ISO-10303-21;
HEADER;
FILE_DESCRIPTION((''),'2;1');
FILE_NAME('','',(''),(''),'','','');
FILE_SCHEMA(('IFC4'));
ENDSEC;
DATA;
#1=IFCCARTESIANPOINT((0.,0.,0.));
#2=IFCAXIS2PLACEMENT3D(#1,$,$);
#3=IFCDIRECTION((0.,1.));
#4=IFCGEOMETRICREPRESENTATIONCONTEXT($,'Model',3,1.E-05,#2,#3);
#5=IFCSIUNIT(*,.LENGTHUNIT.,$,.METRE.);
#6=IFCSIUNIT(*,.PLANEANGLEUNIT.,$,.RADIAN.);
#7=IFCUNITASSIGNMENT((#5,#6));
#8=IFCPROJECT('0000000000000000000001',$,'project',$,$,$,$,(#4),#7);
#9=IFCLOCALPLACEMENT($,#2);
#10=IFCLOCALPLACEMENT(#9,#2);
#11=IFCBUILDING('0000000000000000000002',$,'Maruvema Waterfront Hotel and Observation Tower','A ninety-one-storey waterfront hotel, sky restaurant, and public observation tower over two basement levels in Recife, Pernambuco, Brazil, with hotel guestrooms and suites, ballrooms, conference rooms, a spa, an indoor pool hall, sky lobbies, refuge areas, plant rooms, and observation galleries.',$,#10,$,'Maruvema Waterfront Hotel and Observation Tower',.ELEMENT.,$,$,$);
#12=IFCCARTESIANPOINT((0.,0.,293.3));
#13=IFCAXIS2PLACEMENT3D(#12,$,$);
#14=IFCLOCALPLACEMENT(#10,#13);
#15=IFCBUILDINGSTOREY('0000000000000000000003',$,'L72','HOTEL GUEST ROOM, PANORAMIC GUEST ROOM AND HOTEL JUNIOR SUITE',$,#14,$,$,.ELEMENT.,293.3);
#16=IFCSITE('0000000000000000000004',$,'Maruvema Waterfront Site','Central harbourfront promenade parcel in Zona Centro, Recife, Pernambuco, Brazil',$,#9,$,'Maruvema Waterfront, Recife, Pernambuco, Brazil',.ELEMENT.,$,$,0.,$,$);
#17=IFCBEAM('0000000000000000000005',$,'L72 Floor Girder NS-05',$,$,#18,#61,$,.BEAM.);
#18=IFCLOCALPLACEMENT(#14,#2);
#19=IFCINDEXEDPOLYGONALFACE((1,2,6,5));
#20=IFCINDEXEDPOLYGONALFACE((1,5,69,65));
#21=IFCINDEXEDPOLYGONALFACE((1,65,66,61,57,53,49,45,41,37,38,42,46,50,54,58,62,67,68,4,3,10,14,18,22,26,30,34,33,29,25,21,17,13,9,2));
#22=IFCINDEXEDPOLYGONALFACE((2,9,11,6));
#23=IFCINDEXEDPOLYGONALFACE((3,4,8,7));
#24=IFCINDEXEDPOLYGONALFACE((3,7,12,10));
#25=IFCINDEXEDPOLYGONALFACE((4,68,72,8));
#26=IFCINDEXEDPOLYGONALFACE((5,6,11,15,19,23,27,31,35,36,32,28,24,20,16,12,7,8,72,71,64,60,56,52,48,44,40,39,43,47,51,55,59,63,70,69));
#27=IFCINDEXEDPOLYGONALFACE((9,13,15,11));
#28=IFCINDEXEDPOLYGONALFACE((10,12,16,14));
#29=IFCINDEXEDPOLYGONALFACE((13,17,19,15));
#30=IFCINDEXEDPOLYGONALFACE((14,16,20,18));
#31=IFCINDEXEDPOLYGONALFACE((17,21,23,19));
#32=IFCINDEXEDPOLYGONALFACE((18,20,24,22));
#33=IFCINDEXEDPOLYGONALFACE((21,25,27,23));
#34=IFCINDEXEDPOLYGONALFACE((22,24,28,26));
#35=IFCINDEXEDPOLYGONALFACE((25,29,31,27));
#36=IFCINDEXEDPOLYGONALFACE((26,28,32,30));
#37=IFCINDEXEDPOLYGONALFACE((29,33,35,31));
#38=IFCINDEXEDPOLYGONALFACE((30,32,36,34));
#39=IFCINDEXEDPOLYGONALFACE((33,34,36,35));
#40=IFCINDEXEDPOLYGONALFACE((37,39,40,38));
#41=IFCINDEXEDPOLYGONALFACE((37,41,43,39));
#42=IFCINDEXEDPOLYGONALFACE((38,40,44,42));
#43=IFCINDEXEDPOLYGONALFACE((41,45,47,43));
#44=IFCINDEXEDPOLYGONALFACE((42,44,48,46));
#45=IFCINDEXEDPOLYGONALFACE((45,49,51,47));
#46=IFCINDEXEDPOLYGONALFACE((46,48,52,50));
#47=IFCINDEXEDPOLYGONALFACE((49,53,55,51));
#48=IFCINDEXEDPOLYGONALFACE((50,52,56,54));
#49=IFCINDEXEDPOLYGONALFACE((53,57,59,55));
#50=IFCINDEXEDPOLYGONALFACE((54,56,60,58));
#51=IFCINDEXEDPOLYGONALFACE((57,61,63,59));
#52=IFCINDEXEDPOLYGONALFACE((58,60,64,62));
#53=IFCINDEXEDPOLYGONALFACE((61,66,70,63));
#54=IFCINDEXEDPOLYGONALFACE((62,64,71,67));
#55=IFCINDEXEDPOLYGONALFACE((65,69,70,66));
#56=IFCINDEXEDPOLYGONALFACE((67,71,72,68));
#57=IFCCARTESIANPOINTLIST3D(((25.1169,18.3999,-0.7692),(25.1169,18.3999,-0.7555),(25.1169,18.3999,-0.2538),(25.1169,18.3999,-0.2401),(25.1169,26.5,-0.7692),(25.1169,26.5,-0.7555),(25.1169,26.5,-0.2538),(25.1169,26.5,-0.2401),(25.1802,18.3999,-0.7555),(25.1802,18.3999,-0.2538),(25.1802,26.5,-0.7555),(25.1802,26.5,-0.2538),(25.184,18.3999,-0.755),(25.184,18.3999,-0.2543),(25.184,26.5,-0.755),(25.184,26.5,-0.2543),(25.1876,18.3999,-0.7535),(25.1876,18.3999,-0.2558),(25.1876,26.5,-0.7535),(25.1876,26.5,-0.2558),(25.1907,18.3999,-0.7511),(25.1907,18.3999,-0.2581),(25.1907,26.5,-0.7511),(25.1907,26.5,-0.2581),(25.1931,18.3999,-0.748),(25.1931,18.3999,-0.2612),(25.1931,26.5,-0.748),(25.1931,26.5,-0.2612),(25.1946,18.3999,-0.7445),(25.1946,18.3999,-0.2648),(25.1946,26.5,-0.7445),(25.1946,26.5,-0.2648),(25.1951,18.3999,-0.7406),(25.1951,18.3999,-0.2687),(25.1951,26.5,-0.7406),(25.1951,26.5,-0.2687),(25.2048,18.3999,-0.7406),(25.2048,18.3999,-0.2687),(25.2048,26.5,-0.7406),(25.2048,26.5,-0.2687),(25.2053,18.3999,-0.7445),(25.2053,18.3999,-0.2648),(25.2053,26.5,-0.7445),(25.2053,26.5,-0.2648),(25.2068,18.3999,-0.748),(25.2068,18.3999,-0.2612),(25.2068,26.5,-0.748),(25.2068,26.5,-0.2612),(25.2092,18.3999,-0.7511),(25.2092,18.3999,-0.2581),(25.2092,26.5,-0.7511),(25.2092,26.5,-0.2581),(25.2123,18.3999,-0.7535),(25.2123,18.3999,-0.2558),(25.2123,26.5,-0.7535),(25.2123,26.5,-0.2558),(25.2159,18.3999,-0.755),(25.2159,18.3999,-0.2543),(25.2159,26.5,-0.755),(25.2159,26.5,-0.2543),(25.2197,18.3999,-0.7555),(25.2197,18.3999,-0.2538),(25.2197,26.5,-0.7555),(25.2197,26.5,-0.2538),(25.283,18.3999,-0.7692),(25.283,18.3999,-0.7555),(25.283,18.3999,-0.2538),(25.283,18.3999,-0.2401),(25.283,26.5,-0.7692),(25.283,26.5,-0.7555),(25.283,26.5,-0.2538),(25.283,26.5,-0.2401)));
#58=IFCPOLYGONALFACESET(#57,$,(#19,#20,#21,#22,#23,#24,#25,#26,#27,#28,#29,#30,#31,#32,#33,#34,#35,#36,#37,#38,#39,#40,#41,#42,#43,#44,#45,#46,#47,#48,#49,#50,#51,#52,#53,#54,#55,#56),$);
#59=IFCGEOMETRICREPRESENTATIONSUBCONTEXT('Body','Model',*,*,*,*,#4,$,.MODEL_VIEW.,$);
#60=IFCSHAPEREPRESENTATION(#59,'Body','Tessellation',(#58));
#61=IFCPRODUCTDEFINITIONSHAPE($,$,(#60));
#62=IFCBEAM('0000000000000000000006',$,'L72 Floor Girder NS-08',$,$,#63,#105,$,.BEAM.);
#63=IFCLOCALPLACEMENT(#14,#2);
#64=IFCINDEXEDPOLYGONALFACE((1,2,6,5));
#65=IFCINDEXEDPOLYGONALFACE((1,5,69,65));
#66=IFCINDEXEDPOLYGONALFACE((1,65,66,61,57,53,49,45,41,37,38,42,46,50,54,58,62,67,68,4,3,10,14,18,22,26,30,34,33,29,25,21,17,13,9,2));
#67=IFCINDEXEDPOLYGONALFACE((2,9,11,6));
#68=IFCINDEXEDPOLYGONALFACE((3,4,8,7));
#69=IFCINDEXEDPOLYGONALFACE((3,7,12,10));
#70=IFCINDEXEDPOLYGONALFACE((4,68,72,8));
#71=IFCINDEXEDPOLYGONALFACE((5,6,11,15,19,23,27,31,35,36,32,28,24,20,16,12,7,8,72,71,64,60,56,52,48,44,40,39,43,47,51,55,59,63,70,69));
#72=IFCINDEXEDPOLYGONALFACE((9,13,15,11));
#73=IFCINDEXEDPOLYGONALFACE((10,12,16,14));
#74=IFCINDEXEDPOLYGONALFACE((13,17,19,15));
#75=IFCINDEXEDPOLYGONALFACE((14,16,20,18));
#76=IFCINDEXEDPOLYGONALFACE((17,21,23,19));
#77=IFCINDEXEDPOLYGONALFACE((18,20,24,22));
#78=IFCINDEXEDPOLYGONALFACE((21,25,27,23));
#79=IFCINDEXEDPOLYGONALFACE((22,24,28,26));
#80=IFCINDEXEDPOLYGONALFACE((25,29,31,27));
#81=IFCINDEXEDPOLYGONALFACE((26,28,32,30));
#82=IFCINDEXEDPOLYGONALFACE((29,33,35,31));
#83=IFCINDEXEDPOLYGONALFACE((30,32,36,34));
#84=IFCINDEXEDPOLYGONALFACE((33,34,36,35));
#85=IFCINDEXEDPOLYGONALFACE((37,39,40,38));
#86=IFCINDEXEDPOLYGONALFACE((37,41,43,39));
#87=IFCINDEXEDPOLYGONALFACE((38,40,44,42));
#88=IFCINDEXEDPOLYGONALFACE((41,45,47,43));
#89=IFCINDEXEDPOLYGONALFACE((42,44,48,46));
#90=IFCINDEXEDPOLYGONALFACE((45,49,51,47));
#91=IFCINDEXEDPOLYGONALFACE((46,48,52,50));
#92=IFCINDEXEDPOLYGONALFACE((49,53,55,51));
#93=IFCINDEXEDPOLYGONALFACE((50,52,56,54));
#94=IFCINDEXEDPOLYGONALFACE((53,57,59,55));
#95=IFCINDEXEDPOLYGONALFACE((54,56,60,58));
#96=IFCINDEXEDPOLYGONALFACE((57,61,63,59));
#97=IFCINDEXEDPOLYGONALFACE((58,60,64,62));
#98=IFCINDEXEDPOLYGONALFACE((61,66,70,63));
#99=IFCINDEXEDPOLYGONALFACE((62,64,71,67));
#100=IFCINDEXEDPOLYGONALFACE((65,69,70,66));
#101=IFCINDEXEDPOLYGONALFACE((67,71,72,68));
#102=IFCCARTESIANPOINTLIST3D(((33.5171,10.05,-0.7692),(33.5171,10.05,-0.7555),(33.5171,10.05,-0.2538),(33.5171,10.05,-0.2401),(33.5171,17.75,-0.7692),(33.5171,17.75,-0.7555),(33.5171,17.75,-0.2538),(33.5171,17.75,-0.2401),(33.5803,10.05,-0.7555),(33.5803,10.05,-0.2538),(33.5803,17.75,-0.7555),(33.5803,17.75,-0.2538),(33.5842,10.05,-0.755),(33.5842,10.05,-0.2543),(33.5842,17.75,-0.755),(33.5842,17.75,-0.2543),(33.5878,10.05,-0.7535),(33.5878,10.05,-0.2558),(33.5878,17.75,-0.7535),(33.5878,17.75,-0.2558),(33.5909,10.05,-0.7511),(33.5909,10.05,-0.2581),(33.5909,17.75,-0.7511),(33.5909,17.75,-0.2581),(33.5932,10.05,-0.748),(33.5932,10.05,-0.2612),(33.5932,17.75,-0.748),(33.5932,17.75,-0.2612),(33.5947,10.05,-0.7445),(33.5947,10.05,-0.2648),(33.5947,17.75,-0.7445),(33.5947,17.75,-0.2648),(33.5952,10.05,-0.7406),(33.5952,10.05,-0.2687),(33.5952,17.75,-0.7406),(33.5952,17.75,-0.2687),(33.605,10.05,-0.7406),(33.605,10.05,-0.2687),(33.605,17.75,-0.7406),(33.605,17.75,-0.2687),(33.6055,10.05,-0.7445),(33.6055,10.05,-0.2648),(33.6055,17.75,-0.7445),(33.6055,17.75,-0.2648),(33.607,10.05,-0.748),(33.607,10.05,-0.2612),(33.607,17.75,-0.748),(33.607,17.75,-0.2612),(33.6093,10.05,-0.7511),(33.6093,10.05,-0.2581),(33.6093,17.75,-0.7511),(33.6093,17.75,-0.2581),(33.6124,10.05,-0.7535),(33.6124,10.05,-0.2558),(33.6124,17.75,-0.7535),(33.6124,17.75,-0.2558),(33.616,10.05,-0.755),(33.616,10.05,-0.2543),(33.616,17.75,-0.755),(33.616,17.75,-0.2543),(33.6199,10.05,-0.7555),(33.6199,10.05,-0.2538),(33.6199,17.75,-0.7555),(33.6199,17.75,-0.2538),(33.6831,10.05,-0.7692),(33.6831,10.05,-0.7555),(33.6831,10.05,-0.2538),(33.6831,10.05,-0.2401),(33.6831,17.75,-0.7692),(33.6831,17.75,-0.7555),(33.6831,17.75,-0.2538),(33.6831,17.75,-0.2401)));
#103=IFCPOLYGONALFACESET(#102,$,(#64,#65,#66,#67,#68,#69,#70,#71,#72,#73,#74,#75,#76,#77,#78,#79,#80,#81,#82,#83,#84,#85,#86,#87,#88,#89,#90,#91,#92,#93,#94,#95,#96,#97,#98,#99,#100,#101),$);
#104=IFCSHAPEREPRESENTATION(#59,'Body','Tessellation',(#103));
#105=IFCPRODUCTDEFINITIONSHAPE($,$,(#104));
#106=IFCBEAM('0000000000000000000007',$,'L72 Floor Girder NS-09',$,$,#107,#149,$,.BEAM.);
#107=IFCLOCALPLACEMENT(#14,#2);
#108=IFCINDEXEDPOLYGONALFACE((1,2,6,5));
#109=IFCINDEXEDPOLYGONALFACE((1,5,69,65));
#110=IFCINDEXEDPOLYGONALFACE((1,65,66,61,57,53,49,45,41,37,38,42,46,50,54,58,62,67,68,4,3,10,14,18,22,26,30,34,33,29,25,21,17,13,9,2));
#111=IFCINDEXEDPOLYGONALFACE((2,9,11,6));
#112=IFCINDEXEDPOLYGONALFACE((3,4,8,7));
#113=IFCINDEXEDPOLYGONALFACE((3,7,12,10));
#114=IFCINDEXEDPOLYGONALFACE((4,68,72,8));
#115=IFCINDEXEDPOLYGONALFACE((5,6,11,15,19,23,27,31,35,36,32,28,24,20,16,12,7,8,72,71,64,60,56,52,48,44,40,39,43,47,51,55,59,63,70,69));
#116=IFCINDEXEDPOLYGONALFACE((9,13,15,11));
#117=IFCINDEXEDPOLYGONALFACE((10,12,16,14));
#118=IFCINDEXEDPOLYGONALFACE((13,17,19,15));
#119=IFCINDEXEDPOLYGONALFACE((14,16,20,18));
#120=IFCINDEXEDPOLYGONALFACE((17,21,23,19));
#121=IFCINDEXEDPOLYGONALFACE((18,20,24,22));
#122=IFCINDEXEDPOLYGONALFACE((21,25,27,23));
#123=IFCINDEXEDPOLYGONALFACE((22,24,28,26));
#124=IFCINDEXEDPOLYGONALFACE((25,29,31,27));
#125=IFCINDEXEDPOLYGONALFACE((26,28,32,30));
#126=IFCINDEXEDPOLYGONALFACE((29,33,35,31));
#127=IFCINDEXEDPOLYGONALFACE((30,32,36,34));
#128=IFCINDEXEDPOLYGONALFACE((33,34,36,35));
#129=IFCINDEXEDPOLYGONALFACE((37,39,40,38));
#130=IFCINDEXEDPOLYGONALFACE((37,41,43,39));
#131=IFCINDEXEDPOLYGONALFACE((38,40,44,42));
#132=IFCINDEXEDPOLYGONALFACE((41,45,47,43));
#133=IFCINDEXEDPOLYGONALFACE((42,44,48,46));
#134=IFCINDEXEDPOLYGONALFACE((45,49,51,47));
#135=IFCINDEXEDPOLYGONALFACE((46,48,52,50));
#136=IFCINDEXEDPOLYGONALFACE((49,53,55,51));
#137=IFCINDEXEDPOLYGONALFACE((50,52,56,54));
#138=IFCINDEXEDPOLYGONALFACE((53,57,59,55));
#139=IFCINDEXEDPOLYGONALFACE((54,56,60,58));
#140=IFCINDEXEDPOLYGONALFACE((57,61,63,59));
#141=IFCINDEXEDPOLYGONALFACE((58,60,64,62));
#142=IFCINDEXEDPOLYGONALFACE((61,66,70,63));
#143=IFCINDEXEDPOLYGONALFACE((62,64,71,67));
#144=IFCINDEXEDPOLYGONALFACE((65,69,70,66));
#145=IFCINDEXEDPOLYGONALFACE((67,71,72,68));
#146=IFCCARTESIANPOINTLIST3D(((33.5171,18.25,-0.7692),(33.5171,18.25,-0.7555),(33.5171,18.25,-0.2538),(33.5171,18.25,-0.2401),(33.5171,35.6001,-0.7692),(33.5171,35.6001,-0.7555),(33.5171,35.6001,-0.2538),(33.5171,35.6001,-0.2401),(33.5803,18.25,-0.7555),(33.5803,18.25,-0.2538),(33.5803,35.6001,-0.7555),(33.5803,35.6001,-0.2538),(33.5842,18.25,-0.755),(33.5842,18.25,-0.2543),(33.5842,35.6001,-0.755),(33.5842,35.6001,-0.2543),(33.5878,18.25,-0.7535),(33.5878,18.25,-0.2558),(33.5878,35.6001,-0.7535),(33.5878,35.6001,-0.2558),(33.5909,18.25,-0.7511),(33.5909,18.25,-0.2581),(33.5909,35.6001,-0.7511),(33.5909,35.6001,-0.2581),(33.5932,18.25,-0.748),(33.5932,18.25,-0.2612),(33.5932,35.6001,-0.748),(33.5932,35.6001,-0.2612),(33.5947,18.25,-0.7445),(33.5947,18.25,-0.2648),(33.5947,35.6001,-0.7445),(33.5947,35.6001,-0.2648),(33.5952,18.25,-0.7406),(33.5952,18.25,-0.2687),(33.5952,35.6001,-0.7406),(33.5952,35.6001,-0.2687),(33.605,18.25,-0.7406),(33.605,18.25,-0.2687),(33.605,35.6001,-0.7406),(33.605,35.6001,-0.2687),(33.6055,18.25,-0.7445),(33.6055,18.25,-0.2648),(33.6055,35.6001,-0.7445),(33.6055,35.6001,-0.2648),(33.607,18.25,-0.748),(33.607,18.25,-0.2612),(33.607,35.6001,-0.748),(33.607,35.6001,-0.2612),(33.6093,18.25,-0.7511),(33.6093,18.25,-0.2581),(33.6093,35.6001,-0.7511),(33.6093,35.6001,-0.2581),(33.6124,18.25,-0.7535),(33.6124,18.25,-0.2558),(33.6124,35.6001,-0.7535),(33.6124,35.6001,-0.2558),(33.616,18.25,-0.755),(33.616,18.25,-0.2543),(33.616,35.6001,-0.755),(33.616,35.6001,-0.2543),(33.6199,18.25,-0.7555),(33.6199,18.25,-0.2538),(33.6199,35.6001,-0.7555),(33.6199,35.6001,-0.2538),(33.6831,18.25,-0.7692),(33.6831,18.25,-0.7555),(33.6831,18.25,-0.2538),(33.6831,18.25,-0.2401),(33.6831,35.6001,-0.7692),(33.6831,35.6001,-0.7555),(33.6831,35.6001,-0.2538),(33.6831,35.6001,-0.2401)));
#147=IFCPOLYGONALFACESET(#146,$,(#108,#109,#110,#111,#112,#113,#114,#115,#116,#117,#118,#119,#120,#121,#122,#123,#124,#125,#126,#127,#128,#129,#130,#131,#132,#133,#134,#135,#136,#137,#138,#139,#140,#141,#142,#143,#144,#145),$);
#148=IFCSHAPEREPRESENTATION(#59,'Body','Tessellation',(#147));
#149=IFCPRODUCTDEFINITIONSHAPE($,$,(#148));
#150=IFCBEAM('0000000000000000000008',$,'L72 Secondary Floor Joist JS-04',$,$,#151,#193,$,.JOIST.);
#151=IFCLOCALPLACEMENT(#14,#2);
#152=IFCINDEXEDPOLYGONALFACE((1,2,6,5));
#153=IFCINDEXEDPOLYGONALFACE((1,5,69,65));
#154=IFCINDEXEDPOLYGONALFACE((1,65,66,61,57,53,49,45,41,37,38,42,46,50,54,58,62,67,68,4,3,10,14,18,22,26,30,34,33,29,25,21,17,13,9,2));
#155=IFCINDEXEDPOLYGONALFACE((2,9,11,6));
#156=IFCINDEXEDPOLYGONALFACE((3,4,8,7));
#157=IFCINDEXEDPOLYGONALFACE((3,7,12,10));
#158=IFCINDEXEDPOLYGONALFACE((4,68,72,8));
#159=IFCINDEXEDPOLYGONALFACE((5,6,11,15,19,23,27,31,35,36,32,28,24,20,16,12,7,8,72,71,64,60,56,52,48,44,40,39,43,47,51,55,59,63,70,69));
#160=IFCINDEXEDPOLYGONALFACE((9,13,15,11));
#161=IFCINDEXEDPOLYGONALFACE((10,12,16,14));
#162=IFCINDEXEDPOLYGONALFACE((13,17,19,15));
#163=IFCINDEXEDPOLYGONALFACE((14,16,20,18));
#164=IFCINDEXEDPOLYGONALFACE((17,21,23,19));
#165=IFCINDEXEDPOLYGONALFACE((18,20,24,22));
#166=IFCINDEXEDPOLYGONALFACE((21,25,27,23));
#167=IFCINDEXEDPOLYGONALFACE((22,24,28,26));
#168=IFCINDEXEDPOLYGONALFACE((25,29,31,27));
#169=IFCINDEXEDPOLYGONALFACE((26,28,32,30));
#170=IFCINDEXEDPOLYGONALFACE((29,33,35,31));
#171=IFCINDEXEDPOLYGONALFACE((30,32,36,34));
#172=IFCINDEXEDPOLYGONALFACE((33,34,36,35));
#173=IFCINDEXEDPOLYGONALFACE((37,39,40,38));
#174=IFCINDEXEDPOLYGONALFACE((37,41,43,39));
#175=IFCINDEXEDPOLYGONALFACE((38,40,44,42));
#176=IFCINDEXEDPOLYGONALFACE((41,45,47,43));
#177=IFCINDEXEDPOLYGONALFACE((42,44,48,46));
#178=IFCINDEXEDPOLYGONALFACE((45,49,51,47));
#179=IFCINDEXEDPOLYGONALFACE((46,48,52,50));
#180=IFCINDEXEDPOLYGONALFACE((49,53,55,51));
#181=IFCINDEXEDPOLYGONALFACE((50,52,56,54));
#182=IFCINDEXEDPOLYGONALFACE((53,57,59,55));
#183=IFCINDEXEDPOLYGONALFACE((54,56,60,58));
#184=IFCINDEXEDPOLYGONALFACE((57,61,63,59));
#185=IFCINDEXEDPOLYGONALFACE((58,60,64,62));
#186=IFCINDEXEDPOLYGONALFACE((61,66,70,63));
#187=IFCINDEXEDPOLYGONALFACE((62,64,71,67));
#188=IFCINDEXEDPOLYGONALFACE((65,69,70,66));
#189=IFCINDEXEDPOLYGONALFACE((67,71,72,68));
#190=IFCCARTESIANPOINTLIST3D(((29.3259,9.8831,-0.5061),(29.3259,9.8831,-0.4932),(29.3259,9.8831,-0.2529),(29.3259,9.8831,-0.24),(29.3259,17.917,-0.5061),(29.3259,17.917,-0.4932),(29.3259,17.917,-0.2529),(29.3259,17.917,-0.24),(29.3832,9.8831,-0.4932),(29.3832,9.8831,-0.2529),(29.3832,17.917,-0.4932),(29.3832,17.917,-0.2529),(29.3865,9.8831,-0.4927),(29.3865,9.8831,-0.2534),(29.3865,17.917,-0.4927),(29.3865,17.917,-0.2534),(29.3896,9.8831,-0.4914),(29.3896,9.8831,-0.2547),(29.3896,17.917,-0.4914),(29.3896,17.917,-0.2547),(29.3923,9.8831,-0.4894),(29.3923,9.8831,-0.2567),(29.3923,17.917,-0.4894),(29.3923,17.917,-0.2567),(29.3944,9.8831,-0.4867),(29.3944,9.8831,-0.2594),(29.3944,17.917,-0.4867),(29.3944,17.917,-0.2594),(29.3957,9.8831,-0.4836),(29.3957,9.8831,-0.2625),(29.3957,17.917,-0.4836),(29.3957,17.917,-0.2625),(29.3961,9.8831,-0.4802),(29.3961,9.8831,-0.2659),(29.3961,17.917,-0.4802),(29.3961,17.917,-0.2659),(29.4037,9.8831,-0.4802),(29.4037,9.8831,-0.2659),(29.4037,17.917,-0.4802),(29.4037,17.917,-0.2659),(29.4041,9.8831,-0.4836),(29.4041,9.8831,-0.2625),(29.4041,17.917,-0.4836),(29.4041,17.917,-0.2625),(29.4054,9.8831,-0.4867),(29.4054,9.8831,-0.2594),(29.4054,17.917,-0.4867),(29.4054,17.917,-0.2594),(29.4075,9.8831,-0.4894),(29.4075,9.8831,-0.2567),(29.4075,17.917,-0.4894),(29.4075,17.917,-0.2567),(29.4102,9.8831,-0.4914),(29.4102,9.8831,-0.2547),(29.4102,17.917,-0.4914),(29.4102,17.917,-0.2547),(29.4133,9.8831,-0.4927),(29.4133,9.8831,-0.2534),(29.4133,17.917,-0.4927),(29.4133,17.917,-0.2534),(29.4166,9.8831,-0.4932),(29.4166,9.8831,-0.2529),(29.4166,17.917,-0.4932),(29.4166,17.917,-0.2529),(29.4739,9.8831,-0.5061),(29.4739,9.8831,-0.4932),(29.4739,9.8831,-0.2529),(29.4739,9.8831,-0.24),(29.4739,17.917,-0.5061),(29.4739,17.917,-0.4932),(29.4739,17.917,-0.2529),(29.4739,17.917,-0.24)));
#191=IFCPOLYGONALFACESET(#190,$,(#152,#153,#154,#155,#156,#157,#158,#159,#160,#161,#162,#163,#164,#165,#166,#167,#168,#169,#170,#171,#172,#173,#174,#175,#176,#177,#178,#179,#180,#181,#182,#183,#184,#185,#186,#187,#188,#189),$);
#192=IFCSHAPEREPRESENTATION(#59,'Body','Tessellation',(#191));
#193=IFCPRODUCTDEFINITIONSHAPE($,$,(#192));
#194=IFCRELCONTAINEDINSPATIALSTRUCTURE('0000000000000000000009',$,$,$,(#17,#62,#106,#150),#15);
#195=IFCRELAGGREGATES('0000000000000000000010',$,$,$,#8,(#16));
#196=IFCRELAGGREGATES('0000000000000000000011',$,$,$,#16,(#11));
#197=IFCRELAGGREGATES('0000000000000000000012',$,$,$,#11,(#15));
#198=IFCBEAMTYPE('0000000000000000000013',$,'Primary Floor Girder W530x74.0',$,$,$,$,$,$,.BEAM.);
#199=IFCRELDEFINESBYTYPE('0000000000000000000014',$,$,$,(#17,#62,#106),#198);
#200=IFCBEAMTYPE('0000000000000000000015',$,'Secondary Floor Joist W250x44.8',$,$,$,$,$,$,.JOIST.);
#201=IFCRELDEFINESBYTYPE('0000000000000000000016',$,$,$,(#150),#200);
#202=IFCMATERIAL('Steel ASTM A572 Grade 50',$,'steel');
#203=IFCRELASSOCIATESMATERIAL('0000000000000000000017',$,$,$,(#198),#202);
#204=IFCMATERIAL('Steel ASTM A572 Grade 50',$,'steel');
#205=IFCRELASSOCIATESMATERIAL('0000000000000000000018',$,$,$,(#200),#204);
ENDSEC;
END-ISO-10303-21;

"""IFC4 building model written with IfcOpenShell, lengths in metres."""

from ifc_helpers import new_model, si_unit, direction, frame, origin, origin_2d, place, context, subcontext, project, spatial, i_section, extrude, material, material_profile, profile_set, type_object, element, save


model = new_model("IFC4")

# Units and contexts
model_context = context("Model", 3, precision=1e-05, world=origin(), true_north=direction((0.0, 1.0)))
body_context = subcontext(model_context, "Body", "Model", "MODEL_VIEW")
ifc_project = project(units=[si_unit("LENGTHUNIT", "METRE"), si_unit("PLANEANGLEUNIT", "RADIAN")], contexts=[model_context])

# Site, building, storey
site_placement = place(None, origin())
site = spatial("IfcSite", under=ifc_project, at=site_placement, Name="Maruvema Waterfront Site", Description="Central harbourfront promenade parcel in Zona Centro, Recife, Pernambuco, Brazil", LongName="Maruvema Waterfront, Recife, Pernambuco, Brazil", CompositionType="ELEMENT", RefElevation=0.0)
building_placement = place(site_placement, origin())
building = spatial("IfcBuilding", under=site, at=building_placement, Name="Maruvema Waterfront Hotel and Observation Tower", Description="A ninety-one-storey waterfront hotel, sky restaurant, and public observation tower over two basement levels in Recife, Pernambuco, Brazil, with hotel guestrooms and suites, ballrooms, conference rooms, a spa, an indoor pool hall, sky lobbies, refuge areas, plant rooms, and observation galleries.", LongName="Maruvema Waterfront Hotel and Observation Tower", CompositionType="ELEMENT")
storey_placement = place(building_placement, frame((0.0, 0.0, 293.3)))
storey = spatial("IfcBuildingStorey", under=building, at=storey_placement, Name="L72", Description="HOTEL GUEST ROOM, PANORAMIC GUEST ROOM AND HOTEL JUNIOR SUITE", CompositionType="ELEMENT", Elevation=293.3)

# Beams
ifc_material_1 = material(Name="Steel ASTM A572 Grade 50", Category="steel")
ifc_material_profile_1 = material_profile(ifc_material_1, i_section(OverallWidth=0.166, OverallDepth=0.5291, WebThickness=0.0098, FlangeThickness=0.0137, FilletRadius=0.0149, at=origin_2d()), Name="W530x74.0")
ifc_profile_set_1 = profile_set([ifc_material_profile_1], Name="Steel ASTM A572 Grade 50")
beam_type_1 = type_object("IfcBeamType", Name="Primary Floor Girder W530x74.0", PredefinedType="BEAM", material=ifc_profile_set_1)
beam_1_placement = place(storey_placement, frame((25.2, 18.3999, -0.5046), z_axis=(0.0, 1.0, 0.0), x_axis=(-1.0, 0.0, 0.0)))
element("IfcBeam", 1, at=beam_1_placement, inside=storey, type_object=beam_type_1, Name="L72 Floor Girder NS-05", PredefinedType="BEAM", context=body_context, shape_type="SweptSolid", body=[
    extrude(i_section(OverallWidth=0.166, OverallDepth=0.5291, WebThickness=0.0098, FlangeThickness=0.0137, FilletRadius=0.0149, at=origin_2d()), origin(), (0.0, 0.0, 1.0), 8.1001),
])
beam_2_placement = place(storey_placement, frame((33.6001, 10.05, -0.5046), z_axis=(0.0, 1.0, 0.0), x_axis=(-1.0, 0.0, 0.0)))
element("IfcBeam", 2, at=beam_2_placement, inside=storey, type_object=beam_type_1, Name="L72 Floor Girder NS-08", PredefinedType="BEAM", context=body_context, shape_type="SweptSolid", body=[
    extrude(i_section(OverallWidth=0.166, OverallDepth=0.5291, WebThickness=0.0098, FlangeThickness=0.0137, FilletRadius=0.0149, at=origin_2d()), origin(), (0.0, 0.0, 1.0), 7.7),
])
beam_3_placement = place(storey_placement, frame((33.6001, 18.25, -0.5046), z_axis=(0.0, 1.0, 0.0), x_axis=(-1.0, 0.0, 0.0)))
element("IfcBeam", 3, at=beam_3_placement, inside=storey, type_object=beam_type_1, Name="L72 Floor Girder NS-09", PredefinedType="BEAM", context=body_context, shape_type="SweptSolid", body=[
    extrude(i_section(OverallWidth=0.166, OverallDepth=0.5291, WebThickness=0.0098, FlangeThickness=0.0137, FilletRadius=0.0149, at=origin_2d()), origin(), (0.0, 0.0, 1.0), 17.3501),
])
ifc_material_2 = material(Name="Steel ASTM A572 Grade 50", Category="steel")
ifc_material_profile_2 = material_profile(ifc_material_2, i_section(OverallWidth=0.1479, OverallDepth=0.2661, WebThickness=0.0076, FlangeThickness=0.0129, FilletRadius=0.0129, at=origin_2d()), Name="W250x44.8")
ifc_profile_set_2 = profile_set([ifc_material_profile_2], Name="Steel ASTM A572 Grade 50")
beam_type_2 = type_object("IfcBeamType", Name="Secondary Floor Joist W250x44.8", PredefinedType="JOIST", material=ifc_profile_set_2)
beam_4_placement = place(storey_placement, frame((29.3999, 9.8831, -0.373), z_axis=(0.0, 1.0, 0.0), x_axis=(-1.0, 0.0, 0.0)))
element("IfcBeam", 4, at=beam_4_placement, inside=storey, type_object=beam_type_2, Name="L72 Secondary Floor Joist JS-04", PredefinedType="JOIST", context=body_context, shape_type="SweptSolid", body=[
    extrude(i_section(OverallWidth=0.1479, OverallDepth=0.2661, WebThickness=0.0076, FlangeThickness=0.0129, FilletRadius=0.0129, at=origin_2d()), origin(), (0.0, 0.0, 1.0), 8.0339),
])

save(model, "model.ifc")
